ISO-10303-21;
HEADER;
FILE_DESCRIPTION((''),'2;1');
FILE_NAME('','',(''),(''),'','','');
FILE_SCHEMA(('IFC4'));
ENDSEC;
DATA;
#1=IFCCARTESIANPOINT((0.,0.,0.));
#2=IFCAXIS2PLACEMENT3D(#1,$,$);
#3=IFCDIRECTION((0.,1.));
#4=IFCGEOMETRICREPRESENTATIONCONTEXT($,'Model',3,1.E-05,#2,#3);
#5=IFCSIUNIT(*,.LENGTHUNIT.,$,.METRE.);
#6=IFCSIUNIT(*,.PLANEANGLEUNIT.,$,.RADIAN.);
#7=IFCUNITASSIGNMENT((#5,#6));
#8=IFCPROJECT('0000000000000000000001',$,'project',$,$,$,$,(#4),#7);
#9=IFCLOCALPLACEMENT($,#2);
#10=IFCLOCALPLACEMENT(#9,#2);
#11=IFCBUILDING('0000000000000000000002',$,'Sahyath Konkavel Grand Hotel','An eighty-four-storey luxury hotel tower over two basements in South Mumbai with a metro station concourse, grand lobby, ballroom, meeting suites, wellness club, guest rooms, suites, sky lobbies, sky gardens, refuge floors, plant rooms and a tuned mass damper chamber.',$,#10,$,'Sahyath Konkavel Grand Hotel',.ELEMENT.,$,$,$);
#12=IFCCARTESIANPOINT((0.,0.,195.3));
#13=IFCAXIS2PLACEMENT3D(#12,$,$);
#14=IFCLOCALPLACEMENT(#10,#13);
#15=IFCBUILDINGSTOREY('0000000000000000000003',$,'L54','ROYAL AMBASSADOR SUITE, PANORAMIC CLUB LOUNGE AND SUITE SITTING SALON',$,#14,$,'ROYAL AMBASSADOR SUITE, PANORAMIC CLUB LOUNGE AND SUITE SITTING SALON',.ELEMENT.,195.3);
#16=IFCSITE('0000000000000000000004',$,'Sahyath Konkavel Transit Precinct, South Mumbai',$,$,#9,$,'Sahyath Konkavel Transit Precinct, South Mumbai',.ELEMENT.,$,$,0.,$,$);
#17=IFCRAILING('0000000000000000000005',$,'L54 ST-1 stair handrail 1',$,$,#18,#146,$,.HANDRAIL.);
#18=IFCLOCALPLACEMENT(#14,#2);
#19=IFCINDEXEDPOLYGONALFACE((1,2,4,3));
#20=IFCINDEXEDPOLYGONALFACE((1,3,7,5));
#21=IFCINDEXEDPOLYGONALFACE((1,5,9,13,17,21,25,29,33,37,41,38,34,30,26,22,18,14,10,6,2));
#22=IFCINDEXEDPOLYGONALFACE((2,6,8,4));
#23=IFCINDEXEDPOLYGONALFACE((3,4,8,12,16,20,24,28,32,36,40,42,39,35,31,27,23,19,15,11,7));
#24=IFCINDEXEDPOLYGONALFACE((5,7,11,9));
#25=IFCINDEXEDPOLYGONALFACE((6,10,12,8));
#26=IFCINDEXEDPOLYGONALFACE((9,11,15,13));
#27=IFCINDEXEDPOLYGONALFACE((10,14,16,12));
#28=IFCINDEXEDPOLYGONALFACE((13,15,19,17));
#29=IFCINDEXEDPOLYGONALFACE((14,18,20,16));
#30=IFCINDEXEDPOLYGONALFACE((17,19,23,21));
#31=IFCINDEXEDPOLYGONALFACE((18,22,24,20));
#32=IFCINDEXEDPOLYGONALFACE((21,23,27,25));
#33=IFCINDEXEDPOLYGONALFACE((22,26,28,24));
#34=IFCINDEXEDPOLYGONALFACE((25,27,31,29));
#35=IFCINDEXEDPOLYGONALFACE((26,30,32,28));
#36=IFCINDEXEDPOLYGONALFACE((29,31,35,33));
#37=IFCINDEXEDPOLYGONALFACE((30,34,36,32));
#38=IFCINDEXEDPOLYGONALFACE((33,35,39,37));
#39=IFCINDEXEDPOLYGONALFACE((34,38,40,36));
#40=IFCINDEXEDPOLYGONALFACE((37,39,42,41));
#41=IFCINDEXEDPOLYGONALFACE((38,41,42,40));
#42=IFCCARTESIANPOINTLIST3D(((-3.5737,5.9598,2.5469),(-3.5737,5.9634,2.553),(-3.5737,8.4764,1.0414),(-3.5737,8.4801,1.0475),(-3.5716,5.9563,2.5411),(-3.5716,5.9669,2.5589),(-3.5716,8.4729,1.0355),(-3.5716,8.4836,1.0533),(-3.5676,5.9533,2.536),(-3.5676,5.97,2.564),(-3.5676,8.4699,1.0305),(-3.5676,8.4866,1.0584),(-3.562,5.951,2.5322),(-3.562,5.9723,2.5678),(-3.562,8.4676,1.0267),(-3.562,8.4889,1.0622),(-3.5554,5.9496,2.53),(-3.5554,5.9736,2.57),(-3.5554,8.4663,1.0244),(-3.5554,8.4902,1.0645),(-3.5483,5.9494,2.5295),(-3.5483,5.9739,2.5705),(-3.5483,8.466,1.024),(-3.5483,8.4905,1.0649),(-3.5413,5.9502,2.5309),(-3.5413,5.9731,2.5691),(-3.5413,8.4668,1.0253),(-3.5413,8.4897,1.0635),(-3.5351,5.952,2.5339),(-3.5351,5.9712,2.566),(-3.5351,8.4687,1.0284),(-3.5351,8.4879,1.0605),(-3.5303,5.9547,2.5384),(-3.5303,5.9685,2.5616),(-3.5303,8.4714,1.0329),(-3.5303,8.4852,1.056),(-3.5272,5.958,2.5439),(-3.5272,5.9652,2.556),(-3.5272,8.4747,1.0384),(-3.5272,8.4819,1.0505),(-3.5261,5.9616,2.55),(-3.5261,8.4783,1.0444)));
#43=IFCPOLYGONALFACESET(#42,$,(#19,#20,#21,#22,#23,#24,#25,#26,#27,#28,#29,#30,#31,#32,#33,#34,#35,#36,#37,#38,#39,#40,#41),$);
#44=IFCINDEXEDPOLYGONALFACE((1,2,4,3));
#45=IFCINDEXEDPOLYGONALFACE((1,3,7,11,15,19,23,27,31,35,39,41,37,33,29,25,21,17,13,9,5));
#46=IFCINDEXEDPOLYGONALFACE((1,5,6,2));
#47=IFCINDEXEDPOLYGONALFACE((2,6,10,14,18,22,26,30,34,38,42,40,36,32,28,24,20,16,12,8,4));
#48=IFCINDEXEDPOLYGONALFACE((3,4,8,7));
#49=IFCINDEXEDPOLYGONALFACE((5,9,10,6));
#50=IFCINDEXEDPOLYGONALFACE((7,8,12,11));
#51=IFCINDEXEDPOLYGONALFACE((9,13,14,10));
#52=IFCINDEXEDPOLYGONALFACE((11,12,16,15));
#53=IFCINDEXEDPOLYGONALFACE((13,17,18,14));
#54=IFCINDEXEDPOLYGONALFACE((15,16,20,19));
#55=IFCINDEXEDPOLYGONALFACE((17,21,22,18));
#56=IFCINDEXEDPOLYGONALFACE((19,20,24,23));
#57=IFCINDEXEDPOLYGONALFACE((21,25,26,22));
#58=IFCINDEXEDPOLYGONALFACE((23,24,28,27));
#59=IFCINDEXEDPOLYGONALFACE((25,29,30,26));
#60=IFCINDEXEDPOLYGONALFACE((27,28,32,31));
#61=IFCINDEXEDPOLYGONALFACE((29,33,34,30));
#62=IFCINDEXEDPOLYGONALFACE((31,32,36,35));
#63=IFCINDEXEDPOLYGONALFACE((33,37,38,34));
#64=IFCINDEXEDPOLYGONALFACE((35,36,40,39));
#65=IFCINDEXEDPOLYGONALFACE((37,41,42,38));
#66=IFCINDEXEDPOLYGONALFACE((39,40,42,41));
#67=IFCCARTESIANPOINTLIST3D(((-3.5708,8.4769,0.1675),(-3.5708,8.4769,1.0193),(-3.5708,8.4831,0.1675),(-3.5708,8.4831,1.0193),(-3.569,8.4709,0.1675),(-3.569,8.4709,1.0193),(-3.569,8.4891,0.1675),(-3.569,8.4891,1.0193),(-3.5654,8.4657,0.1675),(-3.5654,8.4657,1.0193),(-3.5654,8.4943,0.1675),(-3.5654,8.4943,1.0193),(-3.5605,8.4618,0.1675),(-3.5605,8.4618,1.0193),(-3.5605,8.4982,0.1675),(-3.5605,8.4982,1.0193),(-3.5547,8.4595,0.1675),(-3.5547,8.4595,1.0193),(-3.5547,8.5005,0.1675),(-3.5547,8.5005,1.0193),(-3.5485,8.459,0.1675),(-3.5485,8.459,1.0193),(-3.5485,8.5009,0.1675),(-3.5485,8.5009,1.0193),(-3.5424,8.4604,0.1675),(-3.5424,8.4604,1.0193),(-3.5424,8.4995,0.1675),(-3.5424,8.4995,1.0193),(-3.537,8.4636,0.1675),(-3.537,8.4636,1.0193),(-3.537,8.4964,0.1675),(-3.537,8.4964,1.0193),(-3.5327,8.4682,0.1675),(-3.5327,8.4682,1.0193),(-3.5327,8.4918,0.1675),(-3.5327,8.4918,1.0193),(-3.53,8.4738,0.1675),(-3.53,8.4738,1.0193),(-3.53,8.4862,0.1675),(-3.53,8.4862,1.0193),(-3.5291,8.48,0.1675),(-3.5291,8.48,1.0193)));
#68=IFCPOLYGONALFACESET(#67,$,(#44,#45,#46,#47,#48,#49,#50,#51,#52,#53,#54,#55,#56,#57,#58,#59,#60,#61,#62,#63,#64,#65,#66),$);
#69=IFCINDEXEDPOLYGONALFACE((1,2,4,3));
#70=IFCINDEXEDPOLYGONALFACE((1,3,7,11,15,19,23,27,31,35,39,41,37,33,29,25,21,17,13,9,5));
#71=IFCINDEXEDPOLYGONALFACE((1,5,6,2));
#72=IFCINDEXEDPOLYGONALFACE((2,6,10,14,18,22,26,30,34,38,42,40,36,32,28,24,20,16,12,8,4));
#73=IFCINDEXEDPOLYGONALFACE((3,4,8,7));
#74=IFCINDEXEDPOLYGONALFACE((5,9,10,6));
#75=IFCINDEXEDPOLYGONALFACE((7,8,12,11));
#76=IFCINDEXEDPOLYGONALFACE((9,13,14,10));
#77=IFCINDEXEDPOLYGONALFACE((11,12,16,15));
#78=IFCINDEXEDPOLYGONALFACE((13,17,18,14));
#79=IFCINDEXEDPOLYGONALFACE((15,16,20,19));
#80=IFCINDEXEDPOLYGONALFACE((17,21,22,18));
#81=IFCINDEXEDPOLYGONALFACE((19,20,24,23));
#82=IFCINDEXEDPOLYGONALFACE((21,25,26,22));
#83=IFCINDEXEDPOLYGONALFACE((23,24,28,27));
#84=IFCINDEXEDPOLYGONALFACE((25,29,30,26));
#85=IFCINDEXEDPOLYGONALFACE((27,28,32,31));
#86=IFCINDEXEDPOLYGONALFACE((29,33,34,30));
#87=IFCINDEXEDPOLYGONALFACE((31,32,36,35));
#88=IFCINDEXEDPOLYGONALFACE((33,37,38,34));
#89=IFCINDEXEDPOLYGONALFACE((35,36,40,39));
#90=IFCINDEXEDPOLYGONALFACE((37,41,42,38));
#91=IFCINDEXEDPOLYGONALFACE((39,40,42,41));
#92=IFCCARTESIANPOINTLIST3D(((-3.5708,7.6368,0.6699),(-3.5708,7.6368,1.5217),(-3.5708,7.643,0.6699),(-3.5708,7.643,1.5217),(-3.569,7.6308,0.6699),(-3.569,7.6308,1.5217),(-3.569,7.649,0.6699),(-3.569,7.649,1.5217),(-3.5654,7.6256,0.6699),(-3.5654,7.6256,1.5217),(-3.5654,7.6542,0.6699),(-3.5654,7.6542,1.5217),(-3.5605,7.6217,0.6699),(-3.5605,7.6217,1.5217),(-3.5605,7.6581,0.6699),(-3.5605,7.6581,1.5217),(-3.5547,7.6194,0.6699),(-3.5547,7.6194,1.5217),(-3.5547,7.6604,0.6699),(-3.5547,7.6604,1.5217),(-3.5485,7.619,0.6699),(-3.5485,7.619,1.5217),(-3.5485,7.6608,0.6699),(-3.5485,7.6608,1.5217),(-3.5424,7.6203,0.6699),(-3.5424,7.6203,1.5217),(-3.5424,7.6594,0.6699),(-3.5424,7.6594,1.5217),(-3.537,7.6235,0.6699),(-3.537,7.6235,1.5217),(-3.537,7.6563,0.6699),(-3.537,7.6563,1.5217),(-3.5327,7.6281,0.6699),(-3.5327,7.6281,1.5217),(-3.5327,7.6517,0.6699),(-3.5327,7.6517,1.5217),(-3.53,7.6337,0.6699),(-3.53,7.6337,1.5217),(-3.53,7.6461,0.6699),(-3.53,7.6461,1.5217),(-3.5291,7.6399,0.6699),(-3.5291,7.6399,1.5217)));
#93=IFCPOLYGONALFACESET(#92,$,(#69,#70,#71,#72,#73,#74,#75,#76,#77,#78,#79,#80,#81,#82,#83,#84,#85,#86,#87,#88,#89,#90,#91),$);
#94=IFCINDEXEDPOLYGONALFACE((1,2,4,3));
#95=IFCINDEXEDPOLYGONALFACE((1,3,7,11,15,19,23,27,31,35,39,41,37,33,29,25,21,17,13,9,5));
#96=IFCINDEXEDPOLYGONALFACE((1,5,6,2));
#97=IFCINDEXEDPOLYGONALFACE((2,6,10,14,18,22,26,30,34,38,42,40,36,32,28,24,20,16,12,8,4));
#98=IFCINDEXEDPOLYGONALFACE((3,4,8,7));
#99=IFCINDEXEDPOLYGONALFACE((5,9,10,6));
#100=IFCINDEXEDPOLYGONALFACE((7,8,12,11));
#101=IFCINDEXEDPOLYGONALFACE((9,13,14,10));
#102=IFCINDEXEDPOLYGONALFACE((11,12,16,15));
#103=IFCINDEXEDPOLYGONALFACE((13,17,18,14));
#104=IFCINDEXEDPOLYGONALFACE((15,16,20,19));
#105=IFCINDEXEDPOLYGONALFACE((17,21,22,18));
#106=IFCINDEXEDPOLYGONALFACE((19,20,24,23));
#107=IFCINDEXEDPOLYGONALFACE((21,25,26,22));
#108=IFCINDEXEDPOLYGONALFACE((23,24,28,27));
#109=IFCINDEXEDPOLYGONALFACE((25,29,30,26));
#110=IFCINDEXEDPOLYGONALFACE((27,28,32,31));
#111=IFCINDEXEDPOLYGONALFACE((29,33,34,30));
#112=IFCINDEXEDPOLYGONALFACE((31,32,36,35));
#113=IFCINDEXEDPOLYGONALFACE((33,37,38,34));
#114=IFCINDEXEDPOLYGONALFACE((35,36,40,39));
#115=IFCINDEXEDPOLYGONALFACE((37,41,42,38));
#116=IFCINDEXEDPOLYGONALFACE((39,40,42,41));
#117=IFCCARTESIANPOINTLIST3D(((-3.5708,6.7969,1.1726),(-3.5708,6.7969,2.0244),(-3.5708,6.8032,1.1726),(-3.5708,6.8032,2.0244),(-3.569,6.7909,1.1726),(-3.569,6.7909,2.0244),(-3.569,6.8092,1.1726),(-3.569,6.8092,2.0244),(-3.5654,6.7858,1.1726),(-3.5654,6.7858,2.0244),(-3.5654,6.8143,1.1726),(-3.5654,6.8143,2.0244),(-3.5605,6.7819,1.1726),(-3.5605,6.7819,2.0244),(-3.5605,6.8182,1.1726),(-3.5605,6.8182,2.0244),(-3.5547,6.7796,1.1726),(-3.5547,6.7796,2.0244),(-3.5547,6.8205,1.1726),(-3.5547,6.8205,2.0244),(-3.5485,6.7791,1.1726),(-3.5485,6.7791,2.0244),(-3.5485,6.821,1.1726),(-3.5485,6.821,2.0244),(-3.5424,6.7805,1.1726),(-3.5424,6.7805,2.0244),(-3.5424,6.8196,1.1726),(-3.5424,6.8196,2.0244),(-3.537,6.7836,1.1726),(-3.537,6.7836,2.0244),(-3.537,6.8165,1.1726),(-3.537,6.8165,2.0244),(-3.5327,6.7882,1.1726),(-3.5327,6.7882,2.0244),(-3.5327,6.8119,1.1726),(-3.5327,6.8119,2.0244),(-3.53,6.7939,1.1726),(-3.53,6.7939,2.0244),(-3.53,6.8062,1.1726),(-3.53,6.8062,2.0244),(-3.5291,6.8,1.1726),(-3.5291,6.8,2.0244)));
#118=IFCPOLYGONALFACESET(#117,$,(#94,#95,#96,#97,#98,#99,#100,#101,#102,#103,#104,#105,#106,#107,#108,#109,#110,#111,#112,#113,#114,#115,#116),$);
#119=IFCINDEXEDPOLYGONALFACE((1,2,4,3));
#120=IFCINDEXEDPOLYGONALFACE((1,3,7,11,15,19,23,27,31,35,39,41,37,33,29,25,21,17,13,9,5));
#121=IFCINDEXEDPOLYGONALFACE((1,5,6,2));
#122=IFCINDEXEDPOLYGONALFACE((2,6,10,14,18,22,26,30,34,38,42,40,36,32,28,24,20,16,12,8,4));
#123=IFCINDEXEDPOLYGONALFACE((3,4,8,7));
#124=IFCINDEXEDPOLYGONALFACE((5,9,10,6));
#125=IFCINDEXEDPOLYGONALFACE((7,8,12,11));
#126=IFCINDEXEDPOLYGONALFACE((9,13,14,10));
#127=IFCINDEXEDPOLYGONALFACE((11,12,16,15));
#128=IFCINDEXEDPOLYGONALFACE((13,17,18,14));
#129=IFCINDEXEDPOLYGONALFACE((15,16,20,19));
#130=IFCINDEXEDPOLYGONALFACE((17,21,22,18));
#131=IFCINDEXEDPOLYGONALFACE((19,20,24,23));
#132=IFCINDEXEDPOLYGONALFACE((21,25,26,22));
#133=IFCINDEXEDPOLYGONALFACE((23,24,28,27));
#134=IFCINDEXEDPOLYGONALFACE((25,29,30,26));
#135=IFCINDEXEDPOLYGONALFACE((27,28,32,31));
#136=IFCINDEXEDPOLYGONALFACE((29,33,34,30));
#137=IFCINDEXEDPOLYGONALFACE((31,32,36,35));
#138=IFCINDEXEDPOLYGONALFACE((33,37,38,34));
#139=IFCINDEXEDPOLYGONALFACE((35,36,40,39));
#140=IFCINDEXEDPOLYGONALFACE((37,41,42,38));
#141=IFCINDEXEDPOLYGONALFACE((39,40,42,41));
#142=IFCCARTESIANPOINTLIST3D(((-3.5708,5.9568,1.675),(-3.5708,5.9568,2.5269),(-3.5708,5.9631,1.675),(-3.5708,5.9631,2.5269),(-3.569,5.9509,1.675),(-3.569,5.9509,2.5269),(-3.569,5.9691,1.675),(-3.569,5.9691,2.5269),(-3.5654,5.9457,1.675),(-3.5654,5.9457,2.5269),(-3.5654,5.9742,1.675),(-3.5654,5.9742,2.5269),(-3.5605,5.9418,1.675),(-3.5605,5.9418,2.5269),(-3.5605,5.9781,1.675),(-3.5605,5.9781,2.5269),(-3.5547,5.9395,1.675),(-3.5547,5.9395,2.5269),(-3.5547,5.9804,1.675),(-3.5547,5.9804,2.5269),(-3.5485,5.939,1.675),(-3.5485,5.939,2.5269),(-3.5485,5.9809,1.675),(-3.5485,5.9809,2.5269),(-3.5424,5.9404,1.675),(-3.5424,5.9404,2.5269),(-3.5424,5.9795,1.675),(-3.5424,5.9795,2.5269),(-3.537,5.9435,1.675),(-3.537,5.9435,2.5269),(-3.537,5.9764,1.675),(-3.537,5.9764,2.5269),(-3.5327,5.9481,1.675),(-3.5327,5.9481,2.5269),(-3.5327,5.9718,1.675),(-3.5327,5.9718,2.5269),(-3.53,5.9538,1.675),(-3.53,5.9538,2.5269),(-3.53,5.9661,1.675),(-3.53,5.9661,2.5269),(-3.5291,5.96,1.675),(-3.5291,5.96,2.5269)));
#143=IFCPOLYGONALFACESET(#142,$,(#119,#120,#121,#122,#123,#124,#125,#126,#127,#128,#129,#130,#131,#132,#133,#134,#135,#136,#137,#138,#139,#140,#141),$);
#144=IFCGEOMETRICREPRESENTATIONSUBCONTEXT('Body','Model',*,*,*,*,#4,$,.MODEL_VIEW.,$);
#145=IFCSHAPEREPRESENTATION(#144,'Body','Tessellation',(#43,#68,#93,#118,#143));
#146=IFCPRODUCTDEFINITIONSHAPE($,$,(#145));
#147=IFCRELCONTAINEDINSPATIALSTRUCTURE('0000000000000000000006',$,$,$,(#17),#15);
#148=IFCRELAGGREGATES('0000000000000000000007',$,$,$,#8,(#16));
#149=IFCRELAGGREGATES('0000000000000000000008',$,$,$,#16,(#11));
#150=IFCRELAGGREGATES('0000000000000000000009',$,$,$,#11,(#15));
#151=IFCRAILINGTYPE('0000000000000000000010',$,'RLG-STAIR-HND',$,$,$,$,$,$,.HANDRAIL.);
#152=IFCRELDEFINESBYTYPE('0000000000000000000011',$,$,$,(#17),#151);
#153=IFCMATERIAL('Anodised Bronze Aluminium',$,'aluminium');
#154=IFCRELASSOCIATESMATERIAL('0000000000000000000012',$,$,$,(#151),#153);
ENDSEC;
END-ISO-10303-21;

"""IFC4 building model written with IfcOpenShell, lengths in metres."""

from ifc_helpers import new_model, si_unit, direction, frame, origin, origin_2d, place, context, subcontext, project, spatial, circle, extrude, material, type_object, element, save


model = new_model("IFC4")

# Units and contexts
model_context = context("Model", 3, precision=1e-05, world=origin(), true_north=direction((0.0, 1.0)))
body_context = subcontext(model_context, "Body", "Model", "MODEL_VIEW")
ifc_project = project(units=[si_unit("LENGTHUNIT", "METRE"), si_unit("PLANEANGLEUNIT", "RADIAN")], contexts=[model_context])

# Site, building, storey
site_placement = place(None, origin())
site = spatial("IfcSite", under=ifc_project, at=site_placement, Name="Sahyath Konkavel Transit Precinct, South Mumbai", LongName="Sahyath Konkavel Transit Precinct, South Mumbai", CompositionType="ELEMENT", RefElevation=0.0)
building_placement = place(site_placement, origin())
building = spatial("IfcBuilding", under=site, at=building_placement, Name="Sahyath Konkavel Grand Hotel", Description="An eighty-four-storey luxury hotel tower over two basements in South Mumbai with a metro station concourse, grand lobby, ballroom, meeting suites, wellness club, guest rooms, suites, sky lobbies, sky gardens, refuge floors, plant rooms and a tuned mass damper chamber.", LongName="Sahyath Konkavel Grand Hotel", CompositionType="ELEMENT")
storey_placement = place(building_placement, frame((0.0, 0.0, 195.3)))
storey = spatial("IfcBuildingStorey", under=building, at=storey_placement, Name="L54", Description="ROYAL AMBASSADOR SUITE, PANORAMIC CLUB LOUNGE AND SUITE SITTING SALON", LongName="ROYAL AMBASSADOR SUITE, PANORAMIC CLUB LOUNGE AND SUITE SITTING SALON", CompositionType="ELEMENT", Elevation=195.3)

# Shared definitions
ifc_material_1 = material(Name="Anodised Bronze Aluminium", Category="aluminium")

# Railing
railing_type_1 = type_object("IfcRailingType", Name="RLG-STAIR-HND", PredefinedType="HANDRAIL", material=ifc_material_1)
railing_1_placement = place(storey_placement, frame((-3.55, 8.48, 0.1675)))
element("IfcRailing", 1, at=railing_1_placement, inside=storey, type_object=railing_type_1, Name="L54 ST-1 stair handrail 1", PredefinedType="HANDRAIL", context=body_context, shape_type="SweptSolid", body=[
    extrude(circle(Radius=0.0239, at=origin_2d()), frame((0.0, -0.0017, 0.877), z_axis=(0.0, -0.85816, 0.513383), x_axis=(1.0, 0.0, 0.0)), (0.0, 0.0, 1.0), 2.9326),
    extrude(circle(Radius=0.021, at=origin_2d()), origin(), (0.0, 0.0, 1.0), 0.8518),
    extrude(circle(Radius=0.021, at=origin_2d()), frame((0.0, -0.8401, 0.5024)), (0.0, 0.0, 1.0), 0.8518),
    extrude(circle(Radius=0.021, at=origin_2d()), frame((0.0, -1.6799, 1.0051)), (0.0, 0.0, 1.0), 0.8518),
    extrude(circle(Radius=0.021, at=origin_2d()), frame((0.0, -2.52, 1.5076)), (0.0, 0.0, 1.0), 0.8518),
])

save(model, "model.ifc")
